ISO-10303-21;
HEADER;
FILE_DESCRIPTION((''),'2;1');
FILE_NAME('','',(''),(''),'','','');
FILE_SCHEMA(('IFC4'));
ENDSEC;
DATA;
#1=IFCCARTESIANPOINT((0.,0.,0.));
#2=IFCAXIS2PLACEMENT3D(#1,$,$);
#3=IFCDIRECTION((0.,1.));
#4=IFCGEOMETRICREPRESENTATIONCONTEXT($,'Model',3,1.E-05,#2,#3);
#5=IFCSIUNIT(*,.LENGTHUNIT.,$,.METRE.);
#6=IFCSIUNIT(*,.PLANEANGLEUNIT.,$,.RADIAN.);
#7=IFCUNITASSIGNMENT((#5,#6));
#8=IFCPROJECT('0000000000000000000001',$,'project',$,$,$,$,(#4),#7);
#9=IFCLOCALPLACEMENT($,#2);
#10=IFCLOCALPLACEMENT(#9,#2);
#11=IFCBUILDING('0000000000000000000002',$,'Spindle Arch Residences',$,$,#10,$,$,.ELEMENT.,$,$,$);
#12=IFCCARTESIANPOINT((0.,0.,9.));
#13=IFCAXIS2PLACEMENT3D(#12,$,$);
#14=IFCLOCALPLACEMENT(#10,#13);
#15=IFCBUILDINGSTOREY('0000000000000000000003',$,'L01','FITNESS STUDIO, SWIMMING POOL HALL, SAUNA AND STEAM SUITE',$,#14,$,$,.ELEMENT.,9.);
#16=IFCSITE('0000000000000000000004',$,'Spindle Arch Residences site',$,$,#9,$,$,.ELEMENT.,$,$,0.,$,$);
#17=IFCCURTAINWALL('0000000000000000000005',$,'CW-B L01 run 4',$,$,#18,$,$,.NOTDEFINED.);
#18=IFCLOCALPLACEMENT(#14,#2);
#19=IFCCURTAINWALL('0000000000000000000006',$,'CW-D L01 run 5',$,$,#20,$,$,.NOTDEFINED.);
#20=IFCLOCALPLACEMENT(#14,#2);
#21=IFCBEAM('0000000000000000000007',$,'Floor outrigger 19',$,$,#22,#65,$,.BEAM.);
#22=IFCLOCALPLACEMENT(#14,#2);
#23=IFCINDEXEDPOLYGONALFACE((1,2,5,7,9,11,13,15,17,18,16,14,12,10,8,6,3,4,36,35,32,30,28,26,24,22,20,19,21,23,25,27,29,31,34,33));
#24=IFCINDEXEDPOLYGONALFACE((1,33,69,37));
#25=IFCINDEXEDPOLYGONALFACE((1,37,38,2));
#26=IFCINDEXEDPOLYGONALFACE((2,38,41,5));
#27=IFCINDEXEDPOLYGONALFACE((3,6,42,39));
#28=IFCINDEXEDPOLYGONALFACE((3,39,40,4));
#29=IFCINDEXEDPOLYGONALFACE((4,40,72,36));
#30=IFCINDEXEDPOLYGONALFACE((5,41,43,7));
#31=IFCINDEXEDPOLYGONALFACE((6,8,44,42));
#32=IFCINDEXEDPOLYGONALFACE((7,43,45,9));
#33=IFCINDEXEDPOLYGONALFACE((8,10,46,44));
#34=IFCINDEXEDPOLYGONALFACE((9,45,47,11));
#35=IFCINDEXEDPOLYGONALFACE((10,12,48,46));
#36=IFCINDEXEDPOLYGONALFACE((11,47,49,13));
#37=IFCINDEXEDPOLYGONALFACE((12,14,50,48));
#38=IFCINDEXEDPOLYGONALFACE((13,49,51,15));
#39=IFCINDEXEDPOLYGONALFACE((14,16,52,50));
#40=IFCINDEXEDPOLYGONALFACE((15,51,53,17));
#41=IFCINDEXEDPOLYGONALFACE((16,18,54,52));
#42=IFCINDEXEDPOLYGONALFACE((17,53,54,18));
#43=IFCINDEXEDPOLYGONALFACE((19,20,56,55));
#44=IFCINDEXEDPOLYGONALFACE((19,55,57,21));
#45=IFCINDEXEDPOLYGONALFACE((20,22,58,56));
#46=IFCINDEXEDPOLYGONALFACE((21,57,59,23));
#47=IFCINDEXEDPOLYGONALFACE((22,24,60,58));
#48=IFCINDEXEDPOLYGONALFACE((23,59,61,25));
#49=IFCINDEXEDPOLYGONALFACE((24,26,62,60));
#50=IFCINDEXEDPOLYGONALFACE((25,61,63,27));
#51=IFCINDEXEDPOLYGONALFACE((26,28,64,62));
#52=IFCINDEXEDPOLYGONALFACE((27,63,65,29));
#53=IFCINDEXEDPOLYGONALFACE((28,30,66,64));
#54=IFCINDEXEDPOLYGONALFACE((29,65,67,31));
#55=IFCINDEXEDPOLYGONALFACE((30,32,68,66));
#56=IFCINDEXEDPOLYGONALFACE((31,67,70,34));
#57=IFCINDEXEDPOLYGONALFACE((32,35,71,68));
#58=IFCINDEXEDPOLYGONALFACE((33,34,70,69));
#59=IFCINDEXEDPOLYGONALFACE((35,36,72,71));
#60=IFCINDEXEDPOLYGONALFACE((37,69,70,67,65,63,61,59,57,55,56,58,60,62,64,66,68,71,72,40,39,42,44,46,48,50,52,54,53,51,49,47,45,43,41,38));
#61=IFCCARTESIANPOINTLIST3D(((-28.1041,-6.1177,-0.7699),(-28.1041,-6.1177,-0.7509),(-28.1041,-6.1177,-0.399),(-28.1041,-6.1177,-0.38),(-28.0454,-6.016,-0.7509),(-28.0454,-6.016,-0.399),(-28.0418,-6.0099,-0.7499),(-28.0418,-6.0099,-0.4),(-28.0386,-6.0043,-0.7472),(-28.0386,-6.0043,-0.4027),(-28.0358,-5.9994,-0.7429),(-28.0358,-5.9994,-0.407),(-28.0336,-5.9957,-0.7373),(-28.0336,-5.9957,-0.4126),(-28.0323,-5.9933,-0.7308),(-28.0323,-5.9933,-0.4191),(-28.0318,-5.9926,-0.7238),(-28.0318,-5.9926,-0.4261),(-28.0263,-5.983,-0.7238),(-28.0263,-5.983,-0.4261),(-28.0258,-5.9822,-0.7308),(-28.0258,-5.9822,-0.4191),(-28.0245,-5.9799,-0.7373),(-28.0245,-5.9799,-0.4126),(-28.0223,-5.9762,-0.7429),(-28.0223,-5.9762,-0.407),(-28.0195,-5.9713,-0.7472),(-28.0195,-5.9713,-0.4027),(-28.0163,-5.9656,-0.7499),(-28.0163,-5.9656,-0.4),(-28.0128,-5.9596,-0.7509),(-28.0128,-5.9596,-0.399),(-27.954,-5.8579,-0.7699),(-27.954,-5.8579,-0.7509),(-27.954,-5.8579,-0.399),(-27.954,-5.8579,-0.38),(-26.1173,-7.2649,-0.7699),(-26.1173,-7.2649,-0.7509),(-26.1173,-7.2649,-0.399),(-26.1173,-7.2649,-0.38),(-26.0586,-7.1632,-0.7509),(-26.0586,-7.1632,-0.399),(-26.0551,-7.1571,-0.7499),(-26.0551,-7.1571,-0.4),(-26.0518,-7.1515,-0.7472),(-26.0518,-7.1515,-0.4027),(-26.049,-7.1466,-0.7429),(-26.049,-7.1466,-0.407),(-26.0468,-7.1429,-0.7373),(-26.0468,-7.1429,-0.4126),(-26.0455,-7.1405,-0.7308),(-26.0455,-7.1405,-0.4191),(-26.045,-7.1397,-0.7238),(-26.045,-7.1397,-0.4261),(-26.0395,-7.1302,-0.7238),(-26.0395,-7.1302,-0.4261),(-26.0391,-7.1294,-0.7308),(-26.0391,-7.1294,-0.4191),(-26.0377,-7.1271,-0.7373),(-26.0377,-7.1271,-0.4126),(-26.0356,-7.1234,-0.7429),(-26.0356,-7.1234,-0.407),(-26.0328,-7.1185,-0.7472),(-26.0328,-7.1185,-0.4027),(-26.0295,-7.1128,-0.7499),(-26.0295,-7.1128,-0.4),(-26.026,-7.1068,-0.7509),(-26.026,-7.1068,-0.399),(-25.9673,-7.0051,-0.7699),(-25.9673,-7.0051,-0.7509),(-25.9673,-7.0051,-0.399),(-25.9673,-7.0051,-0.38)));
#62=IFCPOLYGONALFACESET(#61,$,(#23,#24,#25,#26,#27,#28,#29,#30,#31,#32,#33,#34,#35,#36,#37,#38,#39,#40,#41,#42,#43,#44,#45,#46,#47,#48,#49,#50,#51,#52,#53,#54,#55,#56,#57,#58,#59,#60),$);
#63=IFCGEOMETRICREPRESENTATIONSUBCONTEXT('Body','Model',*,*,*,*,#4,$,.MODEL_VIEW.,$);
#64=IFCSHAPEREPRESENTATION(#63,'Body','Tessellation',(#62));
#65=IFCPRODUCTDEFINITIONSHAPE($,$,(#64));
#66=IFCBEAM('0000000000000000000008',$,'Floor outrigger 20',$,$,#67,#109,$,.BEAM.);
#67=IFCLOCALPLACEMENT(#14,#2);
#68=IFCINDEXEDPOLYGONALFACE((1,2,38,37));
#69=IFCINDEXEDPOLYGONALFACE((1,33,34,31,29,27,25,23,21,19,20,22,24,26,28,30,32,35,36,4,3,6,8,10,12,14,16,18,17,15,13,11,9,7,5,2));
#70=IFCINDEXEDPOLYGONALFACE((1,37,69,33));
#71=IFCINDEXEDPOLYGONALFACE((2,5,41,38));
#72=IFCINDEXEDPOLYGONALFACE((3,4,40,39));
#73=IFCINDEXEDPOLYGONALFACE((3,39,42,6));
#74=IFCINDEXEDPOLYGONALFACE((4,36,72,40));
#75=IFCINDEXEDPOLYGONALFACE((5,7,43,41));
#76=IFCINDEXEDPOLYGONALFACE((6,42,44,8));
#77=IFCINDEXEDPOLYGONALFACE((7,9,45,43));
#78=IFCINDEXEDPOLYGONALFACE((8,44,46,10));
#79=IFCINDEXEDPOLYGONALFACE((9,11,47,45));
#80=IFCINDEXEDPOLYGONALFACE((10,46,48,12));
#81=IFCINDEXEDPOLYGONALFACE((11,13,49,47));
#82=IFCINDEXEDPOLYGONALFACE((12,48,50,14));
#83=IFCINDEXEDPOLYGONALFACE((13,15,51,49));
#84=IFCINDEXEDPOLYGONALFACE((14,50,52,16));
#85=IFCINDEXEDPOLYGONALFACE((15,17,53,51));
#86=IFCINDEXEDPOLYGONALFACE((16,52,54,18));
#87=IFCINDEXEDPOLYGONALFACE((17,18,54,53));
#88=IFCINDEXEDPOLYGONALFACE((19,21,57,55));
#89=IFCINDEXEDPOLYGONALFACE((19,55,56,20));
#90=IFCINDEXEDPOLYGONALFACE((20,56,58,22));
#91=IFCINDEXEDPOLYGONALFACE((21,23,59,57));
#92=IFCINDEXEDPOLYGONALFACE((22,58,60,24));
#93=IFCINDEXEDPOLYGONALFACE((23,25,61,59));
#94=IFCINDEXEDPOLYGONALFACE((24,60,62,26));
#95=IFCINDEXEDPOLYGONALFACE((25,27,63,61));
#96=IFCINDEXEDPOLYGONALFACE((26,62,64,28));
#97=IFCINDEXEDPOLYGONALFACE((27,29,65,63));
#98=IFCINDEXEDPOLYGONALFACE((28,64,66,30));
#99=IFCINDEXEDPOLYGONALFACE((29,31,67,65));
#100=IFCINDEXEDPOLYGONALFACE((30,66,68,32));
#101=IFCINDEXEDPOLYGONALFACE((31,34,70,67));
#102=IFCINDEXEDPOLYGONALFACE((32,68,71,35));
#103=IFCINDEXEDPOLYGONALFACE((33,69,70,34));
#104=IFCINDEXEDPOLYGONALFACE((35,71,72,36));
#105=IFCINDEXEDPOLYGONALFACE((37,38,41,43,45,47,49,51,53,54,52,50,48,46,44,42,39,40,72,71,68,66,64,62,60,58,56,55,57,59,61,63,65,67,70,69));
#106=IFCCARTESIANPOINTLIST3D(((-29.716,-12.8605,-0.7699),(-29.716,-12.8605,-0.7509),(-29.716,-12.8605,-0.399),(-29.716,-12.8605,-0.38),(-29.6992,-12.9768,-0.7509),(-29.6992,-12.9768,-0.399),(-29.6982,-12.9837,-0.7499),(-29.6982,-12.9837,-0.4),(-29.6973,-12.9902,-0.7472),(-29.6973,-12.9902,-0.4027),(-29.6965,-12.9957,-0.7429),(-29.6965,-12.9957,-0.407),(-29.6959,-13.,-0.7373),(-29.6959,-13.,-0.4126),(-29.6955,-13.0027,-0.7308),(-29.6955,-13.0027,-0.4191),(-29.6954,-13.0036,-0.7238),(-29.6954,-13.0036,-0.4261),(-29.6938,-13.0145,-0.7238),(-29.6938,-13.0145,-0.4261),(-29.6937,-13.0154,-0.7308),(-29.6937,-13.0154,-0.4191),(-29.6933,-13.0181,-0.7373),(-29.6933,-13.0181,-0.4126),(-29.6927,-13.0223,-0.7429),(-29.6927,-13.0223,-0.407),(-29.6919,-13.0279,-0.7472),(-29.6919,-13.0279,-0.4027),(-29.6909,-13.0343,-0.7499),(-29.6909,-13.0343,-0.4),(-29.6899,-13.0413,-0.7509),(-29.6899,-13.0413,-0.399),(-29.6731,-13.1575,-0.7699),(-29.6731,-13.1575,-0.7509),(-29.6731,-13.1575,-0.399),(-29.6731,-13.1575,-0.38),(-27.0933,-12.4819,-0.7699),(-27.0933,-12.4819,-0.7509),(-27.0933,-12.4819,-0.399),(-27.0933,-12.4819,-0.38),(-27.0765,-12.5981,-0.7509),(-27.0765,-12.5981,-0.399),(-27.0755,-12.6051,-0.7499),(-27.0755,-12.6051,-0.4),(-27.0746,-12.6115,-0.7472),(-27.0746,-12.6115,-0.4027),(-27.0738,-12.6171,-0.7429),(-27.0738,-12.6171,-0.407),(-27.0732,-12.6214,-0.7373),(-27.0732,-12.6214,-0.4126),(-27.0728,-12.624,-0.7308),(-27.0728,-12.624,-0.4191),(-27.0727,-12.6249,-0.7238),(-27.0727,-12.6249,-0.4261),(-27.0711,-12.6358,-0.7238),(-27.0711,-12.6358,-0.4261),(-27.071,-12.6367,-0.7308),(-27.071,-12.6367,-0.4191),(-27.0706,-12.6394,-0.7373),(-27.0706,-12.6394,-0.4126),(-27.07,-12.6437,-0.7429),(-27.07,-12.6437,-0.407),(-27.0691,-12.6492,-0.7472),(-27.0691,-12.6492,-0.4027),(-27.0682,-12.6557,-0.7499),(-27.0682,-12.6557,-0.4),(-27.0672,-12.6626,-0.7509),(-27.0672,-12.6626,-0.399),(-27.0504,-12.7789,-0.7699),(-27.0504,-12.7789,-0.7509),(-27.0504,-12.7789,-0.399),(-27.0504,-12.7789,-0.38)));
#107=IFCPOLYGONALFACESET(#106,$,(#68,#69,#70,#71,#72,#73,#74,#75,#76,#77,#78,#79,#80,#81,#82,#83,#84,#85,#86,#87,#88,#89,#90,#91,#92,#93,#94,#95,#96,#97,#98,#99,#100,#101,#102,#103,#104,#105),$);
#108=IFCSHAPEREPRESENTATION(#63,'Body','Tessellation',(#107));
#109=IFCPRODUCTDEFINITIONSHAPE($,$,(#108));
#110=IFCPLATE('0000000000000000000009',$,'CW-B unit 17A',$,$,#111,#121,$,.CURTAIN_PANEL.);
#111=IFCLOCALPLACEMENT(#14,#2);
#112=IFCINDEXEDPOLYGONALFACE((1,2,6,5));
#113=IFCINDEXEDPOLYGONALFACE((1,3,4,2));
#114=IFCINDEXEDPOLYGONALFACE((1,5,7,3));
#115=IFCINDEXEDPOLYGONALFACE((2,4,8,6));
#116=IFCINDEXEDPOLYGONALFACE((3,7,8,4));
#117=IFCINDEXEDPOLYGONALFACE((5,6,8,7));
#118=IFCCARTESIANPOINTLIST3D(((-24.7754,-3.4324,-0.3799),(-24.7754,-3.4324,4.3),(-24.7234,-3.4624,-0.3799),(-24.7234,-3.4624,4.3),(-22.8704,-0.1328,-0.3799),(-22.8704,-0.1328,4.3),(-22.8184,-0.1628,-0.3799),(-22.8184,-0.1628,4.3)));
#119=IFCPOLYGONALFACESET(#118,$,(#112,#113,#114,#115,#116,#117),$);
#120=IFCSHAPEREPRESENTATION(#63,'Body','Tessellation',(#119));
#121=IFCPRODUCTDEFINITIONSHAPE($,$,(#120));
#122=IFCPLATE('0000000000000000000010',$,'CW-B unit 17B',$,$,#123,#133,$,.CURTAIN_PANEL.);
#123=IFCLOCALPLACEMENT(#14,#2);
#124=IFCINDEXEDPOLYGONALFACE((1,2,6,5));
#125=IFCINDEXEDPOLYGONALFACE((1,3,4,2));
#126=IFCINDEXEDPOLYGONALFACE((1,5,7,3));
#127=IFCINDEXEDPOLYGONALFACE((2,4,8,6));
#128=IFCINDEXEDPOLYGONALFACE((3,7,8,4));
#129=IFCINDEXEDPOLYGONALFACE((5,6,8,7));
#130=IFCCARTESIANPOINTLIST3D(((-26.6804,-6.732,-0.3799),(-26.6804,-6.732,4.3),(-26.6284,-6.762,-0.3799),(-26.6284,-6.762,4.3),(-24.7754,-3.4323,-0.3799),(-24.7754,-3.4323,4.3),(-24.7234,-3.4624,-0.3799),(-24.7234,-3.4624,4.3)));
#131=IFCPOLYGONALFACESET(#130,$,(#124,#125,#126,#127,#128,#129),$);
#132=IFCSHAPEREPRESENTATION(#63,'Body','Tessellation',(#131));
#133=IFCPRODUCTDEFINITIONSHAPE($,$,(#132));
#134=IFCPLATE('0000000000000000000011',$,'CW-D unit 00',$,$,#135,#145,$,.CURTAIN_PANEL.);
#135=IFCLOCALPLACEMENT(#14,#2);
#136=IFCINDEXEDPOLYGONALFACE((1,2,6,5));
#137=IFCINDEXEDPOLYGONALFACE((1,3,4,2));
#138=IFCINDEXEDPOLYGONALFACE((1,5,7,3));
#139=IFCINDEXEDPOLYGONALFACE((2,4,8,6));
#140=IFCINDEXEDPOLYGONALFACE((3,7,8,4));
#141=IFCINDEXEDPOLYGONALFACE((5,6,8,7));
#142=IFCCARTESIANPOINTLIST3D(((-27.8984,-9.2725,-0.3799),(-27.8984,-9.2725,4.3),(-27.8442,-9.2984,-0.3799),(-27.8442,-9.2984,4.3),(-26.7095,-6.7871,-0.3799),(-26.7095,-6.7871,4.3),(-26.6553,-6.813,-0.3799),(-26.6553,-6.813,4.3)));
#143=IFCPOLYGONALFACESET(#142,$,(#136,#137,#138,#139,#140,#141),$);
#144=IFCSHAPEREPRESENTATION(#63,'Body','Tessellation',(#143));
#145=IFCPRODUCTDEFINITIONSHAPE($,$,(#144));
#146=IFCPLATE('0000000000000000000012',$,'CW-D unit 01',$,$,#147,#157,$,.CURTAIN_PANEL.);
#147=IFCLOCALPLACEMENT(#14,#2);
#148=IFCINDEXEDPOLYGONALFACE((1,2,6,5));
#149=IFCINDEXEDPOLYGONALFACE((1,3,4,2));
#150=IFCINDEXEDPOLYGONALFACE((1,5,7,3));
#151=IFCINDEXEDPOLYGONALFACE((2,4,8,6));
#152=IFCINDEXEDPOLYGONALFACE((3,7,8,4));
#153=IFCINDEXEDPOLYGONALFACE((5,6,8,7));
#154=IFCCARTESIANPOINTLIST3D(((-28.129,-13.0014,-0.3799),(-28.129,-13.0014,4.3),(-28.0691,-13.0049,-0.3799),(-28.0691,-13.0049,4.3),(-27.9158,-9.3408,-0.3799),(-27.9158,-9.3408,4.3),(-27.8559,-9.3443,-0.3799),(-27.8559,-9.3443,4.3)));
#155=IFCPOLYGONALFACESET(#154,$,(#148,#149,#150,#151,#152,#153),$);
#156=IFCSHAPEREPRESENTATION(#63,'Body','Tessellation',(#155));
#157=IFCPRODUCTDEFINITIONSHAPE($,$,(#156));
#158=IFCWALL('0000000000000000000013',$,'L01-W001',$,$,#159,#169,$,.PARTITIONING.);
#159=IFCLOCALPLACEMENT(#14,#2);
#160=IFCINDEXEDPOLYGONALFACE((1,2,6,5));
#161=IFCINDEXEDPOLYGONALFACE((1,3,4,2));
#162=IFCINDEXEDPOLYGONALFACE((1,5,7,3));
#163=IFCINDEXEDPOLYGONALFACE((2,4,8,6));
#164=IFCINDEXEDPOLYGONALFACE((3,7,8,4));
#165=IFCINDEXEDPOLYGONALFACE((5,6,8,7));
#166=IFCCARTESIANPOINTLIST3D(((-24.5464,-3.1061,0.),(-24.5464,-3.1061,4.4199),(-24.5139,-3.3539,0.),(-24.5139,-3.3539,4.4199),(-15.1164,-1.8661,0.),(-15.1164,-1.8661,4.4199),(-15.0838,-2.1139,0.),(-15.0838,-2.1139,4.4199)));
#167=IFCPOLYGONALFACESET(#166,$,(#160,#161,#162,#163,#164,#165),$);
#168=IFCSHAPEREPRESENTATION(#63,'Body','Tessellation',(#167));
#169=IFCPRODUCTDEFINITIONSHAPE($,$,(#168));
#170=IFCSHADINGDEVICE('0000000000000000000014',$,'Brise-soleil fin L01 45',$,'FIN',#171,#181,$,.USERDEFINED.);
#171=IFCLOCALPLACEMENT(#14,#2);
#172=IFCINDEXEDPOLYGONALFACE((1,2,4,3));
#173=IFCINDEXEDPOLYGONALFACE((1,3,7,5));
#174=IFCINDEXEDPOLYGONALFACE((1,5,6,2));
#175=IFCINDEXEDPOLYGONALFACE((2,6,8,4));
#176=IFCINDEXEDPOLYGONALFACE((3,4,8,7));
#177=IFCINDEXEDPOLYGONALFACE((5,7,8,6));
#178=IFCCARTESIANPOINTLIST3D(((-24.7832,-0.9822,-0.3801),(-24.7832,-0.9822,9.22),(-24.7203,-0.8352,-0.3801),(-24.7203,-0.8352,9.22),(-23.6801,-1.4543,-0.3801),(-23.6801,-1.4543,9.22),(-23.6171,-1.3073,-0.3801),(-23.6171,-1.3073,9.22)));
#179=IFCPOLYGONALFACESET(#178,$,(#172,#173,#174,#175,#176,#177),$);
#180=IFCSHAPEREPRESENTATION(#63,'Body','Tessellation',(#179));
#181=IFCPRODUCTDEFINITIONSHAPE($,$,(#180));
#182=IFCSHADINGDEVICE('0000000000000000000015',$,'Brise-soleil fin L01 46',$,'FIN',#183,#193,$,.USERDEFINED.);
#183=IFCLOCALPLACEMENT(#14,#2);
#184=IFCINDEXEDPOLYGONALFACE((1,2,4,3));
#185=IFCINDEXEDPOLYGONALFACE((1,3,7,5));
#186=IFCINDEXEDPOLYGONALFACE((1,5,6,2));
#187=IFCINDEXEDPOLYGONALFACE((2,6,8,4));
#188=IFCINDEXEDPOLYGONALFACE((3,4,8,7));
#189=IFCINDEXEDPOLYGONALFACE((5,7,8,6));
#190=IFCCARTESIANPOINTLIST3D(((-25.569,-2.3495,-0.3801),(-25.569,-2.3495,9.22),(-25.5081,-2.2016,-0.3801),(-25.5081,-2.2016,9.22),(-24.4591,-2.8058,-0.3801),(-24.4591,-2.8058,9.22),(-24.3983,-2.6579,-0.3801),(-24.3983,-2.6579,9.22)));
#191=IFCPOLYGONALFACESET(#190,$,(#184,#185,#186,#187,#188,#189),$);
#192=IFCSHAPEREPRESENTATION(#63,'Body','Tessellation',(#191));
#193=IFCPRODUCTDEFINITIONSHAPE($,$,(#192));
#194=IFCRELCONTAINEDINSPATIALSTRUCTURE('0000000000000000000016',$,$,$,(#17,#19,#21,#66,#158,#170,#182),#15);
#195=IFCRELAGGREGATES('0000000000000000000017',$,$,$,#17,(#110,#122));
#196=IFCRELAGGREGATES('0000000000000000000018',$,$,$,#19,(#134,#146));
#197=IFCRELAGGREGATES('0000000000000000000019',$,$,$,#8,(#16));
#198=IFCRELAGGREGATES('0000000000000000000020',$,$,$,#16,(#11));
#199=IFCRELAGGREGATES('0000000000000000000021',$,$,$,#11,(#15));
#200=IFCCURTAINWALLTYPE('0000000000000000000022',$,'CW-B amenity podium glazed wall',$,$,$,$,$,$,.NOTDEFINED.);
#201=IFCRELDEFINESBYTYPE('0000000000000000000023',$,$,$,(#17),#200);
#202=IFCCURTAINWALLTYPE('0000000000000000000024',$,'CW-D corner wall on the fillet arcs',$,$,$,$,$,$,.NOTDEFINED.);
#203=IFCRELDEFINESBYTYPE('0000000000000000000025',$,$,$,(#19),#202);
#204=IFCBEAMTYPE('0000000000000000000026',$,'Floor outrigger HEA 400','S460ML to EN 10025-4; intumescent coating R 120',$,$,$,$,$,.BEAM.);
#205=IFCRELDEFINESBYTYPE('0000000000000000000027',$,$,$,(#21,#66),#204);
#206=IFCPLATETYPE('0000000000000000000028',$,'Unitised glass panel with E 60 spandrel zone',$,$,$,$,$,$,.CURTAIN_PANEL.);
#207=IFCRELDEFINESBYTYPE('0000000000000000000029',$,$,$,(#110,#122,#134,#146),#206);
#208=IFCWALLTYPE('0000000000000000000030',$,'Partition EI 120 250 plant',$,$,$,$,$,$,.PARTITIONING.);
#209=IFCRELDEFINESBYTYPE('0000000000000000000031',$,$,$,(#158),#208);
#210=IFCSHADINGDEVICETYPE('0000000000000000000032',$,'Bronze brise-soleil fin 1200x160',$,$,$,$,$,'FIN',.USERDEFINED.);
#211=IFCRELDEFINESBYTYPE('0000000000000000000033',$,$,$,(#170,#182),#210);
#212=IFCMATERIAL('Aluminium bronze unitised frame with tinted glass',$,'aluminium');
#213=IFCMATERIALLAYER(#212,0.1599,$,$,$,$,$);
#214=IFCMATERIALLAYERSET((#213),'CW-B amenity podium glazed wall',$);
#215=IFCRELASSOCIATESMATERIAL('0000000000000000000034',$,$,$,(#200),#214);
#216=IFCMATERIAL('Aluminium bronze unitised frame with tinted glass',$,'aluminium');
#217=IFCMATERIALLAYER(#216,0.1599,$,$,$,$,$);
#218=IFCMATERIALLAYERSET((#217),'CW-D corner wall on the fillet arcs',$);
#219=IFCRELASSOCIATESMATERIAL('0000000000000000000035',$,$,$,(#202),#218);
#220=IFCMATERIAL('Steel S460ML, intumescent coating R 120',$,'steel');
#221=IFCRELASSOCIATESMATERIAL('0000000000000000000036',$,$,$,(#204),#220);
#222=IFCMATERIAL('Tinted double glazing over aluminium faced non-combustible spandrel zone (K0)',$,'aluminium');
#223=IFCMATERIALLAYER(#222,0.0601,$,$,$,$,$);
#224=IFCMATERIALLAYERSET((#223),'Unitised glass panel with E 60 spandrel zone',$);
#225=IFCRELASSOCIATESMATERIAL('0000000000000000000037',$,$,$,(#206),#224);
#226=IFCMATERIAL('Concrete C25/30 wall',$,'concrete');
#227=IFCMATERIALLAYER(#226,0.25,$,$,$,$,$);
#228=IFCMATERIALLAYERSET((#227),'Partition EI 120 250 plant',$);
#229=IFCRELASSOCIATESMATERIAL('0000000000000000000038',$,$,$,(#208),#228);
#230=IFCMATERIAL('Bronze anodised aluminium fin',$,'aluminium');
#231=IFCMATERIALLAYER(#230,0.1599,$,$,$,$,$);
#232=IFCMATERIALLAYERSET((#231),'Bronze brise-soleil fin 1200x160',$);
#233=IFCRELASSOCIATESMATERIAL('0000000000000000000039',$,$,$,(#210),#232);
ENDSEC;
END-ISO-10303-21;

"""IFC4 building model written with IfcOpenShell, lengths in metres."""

from ifc_helpers import new_model, si_unit, direction, frame, frame_2d, origin, origin_2d, place, context, subcontext, project, spatial, rectangle, i_section, extrude, material, layer, layer_set, material_profile, profile_set, type_object, element, aggregate, save


model = new_model("IFC4")

# Units and contexts
model_context = context("Model", 3, precision=1e-05, world=origin(), true_north=direction((0.0, 1.0)))
body_context = subcontext(model_context, "Body", "Model", "MODEL_VIEW")
ifc_project = project(units=[si_unit("LENGTHUNIT", "METRE"), si_unit("PLANEANGLEUNIT", "RADIAN")], contexts=[model_context])

# Site, building, storey
site_placement = place(None, origin())
site = spatial("IfcSite", under=ifc_project, at=site_placement, Name="Spindle Arch Residences site", CompositionType="ELEMENT", RefElevation=0.0)
building_placement = place(site_placement, origin())
building = spatial("IfcBuilding", under=site, at=building_placement, Name="Spindle Arch Residences", CompositionType="ELEMENT")
storey_placement = place(building_placement, frame((0.0, 0.0, 9.0)))
storey = spatial("IfcBuildingStorey", under=building, at=storey_placement, Name="L01", Description="FITNESS STUDIO, SWIMMING POOL HALL, SAUNA AND STEAM SUITE", CompositionType="ELEMENT", Elevation=9.0)

# Curtain wall
ifc_material_1 = material(Name="Aluminium bronze unitised frame with tinted glass", Category="aluminium")
ifc_layer_1 = layer(ifc_material_1, 0.1599)
ifc_layer_set_1 = layer_set([ifc_layer_1], Name="CW-B amenity podium glazed wall")
curtain_wall_type_1 = type_object("IfcCurtainWallType", Name="CW-B amenity podium glazed wall", PredefinedType="NOTDEFINED", material=ifc_layer_set_1)
curtain_wall_1_placement = place(storey_placement, origin())
curtain_wall_1 = element("IfcCurtainWall", 1, at=curtain_wall_1_placement, inside=storey, type_object=curtain_wall_type_1, Name="CW-B L01 run 4", PredefinedType="NOTDEFINED")

# Curtain wall
ifc_material_2 = material(Name="Aluminium bronze unitised frame with tinted glass", Category="aluminium")
ifc_layer_2 = layer(ifc_material_2, 0.1599)
ifc_layer_set_2 = layer_set([ifc_layer_2], Name="CW-D corner wall on the fillet arcs")
curtain_wall_type_2 = type_object("IfcCurtainWallType", Name="CW-D corner wall on the fillet arcs", PredefinedType="NOTDEFINED", material=ifc_layer_set_2)
curtain_wall_2_placement = place(storey_placement, origin())
curtain_wall_2 = element("IfcCurtainWall", 2, at=curtain_wall_2_placement, inside=storey, type_object=curtain_wall_type_2, Name="CW-D L01 run 5", PredefinedType="NOTDEFINED")

# Beams
ifc_material_3 = material(Name="Steel S460ML, intumescent coating R 120", Category="steel")
ifc_material_profile_1 = material_profile(ifc_material_3, i_section(OverallWidth=0.3, OverallDepth=0.3899, WebThickness=0.011, FlangeThickness=0.019, FilletRadius=0.0271, at=origin_2d()), Name="HEA 400")
ifc_profile_set_1 = profile_set([ifc_material_profile_1], Name="Steel S460ML, intumescent coating R 120")
beam_type_1 = type_object("IfcBeamType", Name="Floor outrigger HEA 400", Description="S460ML to EN 10025-4; intumescent coating R 120", PredefinedType="BEAM", material=ifc_profile_set_1)
beam_1_placement = place(storey_placement, frame((-28.0291, -5.9878, -0.575), z_axis=(0.866001, -0.500042, 0.0), x_axis=(0.500042, 0.866001, 0.0)))
element("IfcBeam", 3, at=beam_1_placement, inside=storey, type_object=beam_type_1, Name="Floor outrigger 19", PredefinedType="BEAM", context=body_context, shape_type="SweptSolid", body=[
    extrude(i_section(OverallWidth=0.3, OverallDepth=0.3899, WebThickness=0.011, FlangeThickness=0.019, FilletRadius=0.0271, at=origin_2d()), origin(), (0.0, 0.0, 1.0), 2.2942),
])
beam_2_placement = place(storey_placement, frame((-29.6946, -13.009, -0.575), z_axis=(0.989738, 0.142892, 0.0), x_axis=(-0.142892, 0.989738, 0.0)))
element("IfcBeam", 4, at=beam_2_placement, inside=storey, type_object=beam_type_1, Name="Floor outrigger 20", PredefinedType="BEAM", context=body_context, shape_type="SweptSolid", body=[
    extrude(i_section(OverallWidth=0.3, OverallDepth=0.3899, WebThickness=0.011, FlangeThickness=0.019, FilletRadius=0.0271, at=origin_2d()), origin(), (0.0, 0.0, 1.0), 2.6499),
])

# Plates
ifc_material_4 = material(Name="Tinted double glazing over aluminium faced non-combustible spandrel zone (K0)", Category="aluminium")
ifc_layer_3 = layer(ifc_material_4, 0.0601)
ifc_layer_set_3 = layer_set([ifc_layer_3], Name="Unitised glass panel with E 60 spandrel zone")
plate_type = type_object("IfcPlateType", Name="Unitised glass panel with E 60 spandrel zone", PredefinedType="CURTAIN_PANEL", material=ifc_layer_set_3)
plate_1_placement = place(storey_placement, frame((-23.7969, -1.7976, -0.3799), z_axis=(0.0, 0.0, 1.0), x_axis=(-0.5, -0.866025, 0.0)))
plate_1 = element("IfcPlate", 5, at=plate_1_placement, type_object=plate_type, Name="CW-B unit 17A", PredefinedType="CURTAIN_PANEL", context=body_context, shape_type="SweptSolid", body=[
    extrude(rectangle(XDim=3.8101, YDim=0.0601, at=origin_2d()), origin(), (0.0, 0.0, 1.0), 4.6799),
])
plate_2_placement = place(storey_placement, frame((-25.7019, -5.0972, -0.3799), z_axis=(0.0, 0.0, 1.0), x_axis=(-0.5, -0.866025, 0.0)))
plate_2 = element("IfcPlate", 6, at=plate_2_placement, type_object=plate_type, Name="CW-B unit 17B", PredefinedType="CURTAIN_PANEL", context=body_context, shape_type="SweptSolid", body=[
    extrude(rectangle(XDim=3.8101, YDim=0.0601, at=origin_2d()), origin(), (0.0, 0.0, 1.0), 4.6799),
])
aggregate(curtain_wall_1, [plate_1, plate_2])
plate_3_placement = place(storey_placement, frame((-27.2769, -8.0427, -0.3799), z_axis=(0.0, 0.0, 1.0), x_axis=(-0.431502, -0.902112, 0.0)))
plate_3 = element("IfcPlate", 7, at=plate_3_placement, type_object=plate_type, Name="CW-D unit 00", PredefinedType="CURTAIN_PANEL", context=body_context, shape_type="SweptSolid", body=[
    extrude(rectangle(XDim=2.7551, YDim=0.0601, at=origin_2d()), origin(), (0.0, 0.0, 1.0), 4.6799),
])
plate_4_placement = place(storey_placement, frame((-27.9924, -11.1729, -0.3799), z_axis=(0.0, 0.0, 1.0), x_axis=(-0.058145, -0.998308, 0.0)))
plate_4 = element("IfcPlate", 8, at=plate_4_placement, type_object=plate_type, Name="CW-D unit 01", PredefinedType="CURTAIN_PANEL", context=body_context, shape_type="SweptSolid", body=[
    extrude(rectangle(XDim=3.6667, YDim=0.0601, at=origin_2d()), origin(), (0.0, 0.0, 1.0), 4.6799),
])
aggregate(curtain_wall_2, [plate_3, plate_4])

# Wall
ifc_material_5 = material(Name="Concrete C25/30 wall", Category="concrete")
ifc_layer_4 = layer(ifc_material_5, 0.25)
ifc_layer_set_4 = layer_set([ifc_layer_4], Name="Partition EI 120 250 plant")
wall_type = type_object("IfcWallType", Name="Partition EI 120 250 plant", PredefinedType="PARTITIONING", material=ifc_layer_set_4)
wall_placement = place(storey_placement, frame((-15.1001, -1.99, 0.0), z_axis=(0.0, 0.0, 1.0), x_axis=(-0.991465, -0.130373, 0.0)))
element("IfcWall", 9, at=wall_placement, inside=storey, type_object=wall_type, Name="L01-W001", PredefinedType="PARTITIONING", context=body_context, shape_type="SweptSolid", body=[
    extrude(rectangle(XDim=9.5112, YDim=0.25, at=frame_2d((4.7556, 0.0))), origin(), (0.0, 0.0, 1.0), 4.4199),
])

# Shading devices
ifc_material_6 = material(Name="Bronze anodised aluminium fin", Category="aluminium")
ifc_layer_5 = layer(ifc_material_6, 0.1599)
ifc_layer_set_5 = layer_set([ifc_layer_5], Name="Bronze brise-soleil fin 1200x160")
shading_device_type = type_object("IfcShadingDeviceType", Name="Bronze brise-soleil fin 1200x160", ElementType="FIN", PredefinedType="USERDEFINED", material=ifc_layer_set_5)
for number, where, z_axis, x_axis, name in (
    (10, (-24.2002, -1.1448, -0.3801), (0.0, 0.0, 1.0), (-0.919354, 0.393432, 0.0), "Brise-soleil fin L01 45"),
    (11, (-24.9836, -2.5037, -0.3801), (0.0, 0.0, 1.0), (-0.92488, 0.380258, 0.0), "Brise-soleil fin L01 46"),
):
    element("IfcShadingDevice", number, at=place(storey_placement, frame(where, z_axis=z_axis, x_axis=x_axis)), inside=storey, type_object=shading_device_type, Name=name, ObjectType="FIN", PredefinedType="USERDEFINED", context=body_context, shape_type="SweptSolid", body=[
        extrude(rectangle(XDim=1.2, YDim=0.1599, at=origin_2d()), origin(), (0.0, 0.0, 1.0), 9.6001),
    ])

save(model, "model.ifc")
